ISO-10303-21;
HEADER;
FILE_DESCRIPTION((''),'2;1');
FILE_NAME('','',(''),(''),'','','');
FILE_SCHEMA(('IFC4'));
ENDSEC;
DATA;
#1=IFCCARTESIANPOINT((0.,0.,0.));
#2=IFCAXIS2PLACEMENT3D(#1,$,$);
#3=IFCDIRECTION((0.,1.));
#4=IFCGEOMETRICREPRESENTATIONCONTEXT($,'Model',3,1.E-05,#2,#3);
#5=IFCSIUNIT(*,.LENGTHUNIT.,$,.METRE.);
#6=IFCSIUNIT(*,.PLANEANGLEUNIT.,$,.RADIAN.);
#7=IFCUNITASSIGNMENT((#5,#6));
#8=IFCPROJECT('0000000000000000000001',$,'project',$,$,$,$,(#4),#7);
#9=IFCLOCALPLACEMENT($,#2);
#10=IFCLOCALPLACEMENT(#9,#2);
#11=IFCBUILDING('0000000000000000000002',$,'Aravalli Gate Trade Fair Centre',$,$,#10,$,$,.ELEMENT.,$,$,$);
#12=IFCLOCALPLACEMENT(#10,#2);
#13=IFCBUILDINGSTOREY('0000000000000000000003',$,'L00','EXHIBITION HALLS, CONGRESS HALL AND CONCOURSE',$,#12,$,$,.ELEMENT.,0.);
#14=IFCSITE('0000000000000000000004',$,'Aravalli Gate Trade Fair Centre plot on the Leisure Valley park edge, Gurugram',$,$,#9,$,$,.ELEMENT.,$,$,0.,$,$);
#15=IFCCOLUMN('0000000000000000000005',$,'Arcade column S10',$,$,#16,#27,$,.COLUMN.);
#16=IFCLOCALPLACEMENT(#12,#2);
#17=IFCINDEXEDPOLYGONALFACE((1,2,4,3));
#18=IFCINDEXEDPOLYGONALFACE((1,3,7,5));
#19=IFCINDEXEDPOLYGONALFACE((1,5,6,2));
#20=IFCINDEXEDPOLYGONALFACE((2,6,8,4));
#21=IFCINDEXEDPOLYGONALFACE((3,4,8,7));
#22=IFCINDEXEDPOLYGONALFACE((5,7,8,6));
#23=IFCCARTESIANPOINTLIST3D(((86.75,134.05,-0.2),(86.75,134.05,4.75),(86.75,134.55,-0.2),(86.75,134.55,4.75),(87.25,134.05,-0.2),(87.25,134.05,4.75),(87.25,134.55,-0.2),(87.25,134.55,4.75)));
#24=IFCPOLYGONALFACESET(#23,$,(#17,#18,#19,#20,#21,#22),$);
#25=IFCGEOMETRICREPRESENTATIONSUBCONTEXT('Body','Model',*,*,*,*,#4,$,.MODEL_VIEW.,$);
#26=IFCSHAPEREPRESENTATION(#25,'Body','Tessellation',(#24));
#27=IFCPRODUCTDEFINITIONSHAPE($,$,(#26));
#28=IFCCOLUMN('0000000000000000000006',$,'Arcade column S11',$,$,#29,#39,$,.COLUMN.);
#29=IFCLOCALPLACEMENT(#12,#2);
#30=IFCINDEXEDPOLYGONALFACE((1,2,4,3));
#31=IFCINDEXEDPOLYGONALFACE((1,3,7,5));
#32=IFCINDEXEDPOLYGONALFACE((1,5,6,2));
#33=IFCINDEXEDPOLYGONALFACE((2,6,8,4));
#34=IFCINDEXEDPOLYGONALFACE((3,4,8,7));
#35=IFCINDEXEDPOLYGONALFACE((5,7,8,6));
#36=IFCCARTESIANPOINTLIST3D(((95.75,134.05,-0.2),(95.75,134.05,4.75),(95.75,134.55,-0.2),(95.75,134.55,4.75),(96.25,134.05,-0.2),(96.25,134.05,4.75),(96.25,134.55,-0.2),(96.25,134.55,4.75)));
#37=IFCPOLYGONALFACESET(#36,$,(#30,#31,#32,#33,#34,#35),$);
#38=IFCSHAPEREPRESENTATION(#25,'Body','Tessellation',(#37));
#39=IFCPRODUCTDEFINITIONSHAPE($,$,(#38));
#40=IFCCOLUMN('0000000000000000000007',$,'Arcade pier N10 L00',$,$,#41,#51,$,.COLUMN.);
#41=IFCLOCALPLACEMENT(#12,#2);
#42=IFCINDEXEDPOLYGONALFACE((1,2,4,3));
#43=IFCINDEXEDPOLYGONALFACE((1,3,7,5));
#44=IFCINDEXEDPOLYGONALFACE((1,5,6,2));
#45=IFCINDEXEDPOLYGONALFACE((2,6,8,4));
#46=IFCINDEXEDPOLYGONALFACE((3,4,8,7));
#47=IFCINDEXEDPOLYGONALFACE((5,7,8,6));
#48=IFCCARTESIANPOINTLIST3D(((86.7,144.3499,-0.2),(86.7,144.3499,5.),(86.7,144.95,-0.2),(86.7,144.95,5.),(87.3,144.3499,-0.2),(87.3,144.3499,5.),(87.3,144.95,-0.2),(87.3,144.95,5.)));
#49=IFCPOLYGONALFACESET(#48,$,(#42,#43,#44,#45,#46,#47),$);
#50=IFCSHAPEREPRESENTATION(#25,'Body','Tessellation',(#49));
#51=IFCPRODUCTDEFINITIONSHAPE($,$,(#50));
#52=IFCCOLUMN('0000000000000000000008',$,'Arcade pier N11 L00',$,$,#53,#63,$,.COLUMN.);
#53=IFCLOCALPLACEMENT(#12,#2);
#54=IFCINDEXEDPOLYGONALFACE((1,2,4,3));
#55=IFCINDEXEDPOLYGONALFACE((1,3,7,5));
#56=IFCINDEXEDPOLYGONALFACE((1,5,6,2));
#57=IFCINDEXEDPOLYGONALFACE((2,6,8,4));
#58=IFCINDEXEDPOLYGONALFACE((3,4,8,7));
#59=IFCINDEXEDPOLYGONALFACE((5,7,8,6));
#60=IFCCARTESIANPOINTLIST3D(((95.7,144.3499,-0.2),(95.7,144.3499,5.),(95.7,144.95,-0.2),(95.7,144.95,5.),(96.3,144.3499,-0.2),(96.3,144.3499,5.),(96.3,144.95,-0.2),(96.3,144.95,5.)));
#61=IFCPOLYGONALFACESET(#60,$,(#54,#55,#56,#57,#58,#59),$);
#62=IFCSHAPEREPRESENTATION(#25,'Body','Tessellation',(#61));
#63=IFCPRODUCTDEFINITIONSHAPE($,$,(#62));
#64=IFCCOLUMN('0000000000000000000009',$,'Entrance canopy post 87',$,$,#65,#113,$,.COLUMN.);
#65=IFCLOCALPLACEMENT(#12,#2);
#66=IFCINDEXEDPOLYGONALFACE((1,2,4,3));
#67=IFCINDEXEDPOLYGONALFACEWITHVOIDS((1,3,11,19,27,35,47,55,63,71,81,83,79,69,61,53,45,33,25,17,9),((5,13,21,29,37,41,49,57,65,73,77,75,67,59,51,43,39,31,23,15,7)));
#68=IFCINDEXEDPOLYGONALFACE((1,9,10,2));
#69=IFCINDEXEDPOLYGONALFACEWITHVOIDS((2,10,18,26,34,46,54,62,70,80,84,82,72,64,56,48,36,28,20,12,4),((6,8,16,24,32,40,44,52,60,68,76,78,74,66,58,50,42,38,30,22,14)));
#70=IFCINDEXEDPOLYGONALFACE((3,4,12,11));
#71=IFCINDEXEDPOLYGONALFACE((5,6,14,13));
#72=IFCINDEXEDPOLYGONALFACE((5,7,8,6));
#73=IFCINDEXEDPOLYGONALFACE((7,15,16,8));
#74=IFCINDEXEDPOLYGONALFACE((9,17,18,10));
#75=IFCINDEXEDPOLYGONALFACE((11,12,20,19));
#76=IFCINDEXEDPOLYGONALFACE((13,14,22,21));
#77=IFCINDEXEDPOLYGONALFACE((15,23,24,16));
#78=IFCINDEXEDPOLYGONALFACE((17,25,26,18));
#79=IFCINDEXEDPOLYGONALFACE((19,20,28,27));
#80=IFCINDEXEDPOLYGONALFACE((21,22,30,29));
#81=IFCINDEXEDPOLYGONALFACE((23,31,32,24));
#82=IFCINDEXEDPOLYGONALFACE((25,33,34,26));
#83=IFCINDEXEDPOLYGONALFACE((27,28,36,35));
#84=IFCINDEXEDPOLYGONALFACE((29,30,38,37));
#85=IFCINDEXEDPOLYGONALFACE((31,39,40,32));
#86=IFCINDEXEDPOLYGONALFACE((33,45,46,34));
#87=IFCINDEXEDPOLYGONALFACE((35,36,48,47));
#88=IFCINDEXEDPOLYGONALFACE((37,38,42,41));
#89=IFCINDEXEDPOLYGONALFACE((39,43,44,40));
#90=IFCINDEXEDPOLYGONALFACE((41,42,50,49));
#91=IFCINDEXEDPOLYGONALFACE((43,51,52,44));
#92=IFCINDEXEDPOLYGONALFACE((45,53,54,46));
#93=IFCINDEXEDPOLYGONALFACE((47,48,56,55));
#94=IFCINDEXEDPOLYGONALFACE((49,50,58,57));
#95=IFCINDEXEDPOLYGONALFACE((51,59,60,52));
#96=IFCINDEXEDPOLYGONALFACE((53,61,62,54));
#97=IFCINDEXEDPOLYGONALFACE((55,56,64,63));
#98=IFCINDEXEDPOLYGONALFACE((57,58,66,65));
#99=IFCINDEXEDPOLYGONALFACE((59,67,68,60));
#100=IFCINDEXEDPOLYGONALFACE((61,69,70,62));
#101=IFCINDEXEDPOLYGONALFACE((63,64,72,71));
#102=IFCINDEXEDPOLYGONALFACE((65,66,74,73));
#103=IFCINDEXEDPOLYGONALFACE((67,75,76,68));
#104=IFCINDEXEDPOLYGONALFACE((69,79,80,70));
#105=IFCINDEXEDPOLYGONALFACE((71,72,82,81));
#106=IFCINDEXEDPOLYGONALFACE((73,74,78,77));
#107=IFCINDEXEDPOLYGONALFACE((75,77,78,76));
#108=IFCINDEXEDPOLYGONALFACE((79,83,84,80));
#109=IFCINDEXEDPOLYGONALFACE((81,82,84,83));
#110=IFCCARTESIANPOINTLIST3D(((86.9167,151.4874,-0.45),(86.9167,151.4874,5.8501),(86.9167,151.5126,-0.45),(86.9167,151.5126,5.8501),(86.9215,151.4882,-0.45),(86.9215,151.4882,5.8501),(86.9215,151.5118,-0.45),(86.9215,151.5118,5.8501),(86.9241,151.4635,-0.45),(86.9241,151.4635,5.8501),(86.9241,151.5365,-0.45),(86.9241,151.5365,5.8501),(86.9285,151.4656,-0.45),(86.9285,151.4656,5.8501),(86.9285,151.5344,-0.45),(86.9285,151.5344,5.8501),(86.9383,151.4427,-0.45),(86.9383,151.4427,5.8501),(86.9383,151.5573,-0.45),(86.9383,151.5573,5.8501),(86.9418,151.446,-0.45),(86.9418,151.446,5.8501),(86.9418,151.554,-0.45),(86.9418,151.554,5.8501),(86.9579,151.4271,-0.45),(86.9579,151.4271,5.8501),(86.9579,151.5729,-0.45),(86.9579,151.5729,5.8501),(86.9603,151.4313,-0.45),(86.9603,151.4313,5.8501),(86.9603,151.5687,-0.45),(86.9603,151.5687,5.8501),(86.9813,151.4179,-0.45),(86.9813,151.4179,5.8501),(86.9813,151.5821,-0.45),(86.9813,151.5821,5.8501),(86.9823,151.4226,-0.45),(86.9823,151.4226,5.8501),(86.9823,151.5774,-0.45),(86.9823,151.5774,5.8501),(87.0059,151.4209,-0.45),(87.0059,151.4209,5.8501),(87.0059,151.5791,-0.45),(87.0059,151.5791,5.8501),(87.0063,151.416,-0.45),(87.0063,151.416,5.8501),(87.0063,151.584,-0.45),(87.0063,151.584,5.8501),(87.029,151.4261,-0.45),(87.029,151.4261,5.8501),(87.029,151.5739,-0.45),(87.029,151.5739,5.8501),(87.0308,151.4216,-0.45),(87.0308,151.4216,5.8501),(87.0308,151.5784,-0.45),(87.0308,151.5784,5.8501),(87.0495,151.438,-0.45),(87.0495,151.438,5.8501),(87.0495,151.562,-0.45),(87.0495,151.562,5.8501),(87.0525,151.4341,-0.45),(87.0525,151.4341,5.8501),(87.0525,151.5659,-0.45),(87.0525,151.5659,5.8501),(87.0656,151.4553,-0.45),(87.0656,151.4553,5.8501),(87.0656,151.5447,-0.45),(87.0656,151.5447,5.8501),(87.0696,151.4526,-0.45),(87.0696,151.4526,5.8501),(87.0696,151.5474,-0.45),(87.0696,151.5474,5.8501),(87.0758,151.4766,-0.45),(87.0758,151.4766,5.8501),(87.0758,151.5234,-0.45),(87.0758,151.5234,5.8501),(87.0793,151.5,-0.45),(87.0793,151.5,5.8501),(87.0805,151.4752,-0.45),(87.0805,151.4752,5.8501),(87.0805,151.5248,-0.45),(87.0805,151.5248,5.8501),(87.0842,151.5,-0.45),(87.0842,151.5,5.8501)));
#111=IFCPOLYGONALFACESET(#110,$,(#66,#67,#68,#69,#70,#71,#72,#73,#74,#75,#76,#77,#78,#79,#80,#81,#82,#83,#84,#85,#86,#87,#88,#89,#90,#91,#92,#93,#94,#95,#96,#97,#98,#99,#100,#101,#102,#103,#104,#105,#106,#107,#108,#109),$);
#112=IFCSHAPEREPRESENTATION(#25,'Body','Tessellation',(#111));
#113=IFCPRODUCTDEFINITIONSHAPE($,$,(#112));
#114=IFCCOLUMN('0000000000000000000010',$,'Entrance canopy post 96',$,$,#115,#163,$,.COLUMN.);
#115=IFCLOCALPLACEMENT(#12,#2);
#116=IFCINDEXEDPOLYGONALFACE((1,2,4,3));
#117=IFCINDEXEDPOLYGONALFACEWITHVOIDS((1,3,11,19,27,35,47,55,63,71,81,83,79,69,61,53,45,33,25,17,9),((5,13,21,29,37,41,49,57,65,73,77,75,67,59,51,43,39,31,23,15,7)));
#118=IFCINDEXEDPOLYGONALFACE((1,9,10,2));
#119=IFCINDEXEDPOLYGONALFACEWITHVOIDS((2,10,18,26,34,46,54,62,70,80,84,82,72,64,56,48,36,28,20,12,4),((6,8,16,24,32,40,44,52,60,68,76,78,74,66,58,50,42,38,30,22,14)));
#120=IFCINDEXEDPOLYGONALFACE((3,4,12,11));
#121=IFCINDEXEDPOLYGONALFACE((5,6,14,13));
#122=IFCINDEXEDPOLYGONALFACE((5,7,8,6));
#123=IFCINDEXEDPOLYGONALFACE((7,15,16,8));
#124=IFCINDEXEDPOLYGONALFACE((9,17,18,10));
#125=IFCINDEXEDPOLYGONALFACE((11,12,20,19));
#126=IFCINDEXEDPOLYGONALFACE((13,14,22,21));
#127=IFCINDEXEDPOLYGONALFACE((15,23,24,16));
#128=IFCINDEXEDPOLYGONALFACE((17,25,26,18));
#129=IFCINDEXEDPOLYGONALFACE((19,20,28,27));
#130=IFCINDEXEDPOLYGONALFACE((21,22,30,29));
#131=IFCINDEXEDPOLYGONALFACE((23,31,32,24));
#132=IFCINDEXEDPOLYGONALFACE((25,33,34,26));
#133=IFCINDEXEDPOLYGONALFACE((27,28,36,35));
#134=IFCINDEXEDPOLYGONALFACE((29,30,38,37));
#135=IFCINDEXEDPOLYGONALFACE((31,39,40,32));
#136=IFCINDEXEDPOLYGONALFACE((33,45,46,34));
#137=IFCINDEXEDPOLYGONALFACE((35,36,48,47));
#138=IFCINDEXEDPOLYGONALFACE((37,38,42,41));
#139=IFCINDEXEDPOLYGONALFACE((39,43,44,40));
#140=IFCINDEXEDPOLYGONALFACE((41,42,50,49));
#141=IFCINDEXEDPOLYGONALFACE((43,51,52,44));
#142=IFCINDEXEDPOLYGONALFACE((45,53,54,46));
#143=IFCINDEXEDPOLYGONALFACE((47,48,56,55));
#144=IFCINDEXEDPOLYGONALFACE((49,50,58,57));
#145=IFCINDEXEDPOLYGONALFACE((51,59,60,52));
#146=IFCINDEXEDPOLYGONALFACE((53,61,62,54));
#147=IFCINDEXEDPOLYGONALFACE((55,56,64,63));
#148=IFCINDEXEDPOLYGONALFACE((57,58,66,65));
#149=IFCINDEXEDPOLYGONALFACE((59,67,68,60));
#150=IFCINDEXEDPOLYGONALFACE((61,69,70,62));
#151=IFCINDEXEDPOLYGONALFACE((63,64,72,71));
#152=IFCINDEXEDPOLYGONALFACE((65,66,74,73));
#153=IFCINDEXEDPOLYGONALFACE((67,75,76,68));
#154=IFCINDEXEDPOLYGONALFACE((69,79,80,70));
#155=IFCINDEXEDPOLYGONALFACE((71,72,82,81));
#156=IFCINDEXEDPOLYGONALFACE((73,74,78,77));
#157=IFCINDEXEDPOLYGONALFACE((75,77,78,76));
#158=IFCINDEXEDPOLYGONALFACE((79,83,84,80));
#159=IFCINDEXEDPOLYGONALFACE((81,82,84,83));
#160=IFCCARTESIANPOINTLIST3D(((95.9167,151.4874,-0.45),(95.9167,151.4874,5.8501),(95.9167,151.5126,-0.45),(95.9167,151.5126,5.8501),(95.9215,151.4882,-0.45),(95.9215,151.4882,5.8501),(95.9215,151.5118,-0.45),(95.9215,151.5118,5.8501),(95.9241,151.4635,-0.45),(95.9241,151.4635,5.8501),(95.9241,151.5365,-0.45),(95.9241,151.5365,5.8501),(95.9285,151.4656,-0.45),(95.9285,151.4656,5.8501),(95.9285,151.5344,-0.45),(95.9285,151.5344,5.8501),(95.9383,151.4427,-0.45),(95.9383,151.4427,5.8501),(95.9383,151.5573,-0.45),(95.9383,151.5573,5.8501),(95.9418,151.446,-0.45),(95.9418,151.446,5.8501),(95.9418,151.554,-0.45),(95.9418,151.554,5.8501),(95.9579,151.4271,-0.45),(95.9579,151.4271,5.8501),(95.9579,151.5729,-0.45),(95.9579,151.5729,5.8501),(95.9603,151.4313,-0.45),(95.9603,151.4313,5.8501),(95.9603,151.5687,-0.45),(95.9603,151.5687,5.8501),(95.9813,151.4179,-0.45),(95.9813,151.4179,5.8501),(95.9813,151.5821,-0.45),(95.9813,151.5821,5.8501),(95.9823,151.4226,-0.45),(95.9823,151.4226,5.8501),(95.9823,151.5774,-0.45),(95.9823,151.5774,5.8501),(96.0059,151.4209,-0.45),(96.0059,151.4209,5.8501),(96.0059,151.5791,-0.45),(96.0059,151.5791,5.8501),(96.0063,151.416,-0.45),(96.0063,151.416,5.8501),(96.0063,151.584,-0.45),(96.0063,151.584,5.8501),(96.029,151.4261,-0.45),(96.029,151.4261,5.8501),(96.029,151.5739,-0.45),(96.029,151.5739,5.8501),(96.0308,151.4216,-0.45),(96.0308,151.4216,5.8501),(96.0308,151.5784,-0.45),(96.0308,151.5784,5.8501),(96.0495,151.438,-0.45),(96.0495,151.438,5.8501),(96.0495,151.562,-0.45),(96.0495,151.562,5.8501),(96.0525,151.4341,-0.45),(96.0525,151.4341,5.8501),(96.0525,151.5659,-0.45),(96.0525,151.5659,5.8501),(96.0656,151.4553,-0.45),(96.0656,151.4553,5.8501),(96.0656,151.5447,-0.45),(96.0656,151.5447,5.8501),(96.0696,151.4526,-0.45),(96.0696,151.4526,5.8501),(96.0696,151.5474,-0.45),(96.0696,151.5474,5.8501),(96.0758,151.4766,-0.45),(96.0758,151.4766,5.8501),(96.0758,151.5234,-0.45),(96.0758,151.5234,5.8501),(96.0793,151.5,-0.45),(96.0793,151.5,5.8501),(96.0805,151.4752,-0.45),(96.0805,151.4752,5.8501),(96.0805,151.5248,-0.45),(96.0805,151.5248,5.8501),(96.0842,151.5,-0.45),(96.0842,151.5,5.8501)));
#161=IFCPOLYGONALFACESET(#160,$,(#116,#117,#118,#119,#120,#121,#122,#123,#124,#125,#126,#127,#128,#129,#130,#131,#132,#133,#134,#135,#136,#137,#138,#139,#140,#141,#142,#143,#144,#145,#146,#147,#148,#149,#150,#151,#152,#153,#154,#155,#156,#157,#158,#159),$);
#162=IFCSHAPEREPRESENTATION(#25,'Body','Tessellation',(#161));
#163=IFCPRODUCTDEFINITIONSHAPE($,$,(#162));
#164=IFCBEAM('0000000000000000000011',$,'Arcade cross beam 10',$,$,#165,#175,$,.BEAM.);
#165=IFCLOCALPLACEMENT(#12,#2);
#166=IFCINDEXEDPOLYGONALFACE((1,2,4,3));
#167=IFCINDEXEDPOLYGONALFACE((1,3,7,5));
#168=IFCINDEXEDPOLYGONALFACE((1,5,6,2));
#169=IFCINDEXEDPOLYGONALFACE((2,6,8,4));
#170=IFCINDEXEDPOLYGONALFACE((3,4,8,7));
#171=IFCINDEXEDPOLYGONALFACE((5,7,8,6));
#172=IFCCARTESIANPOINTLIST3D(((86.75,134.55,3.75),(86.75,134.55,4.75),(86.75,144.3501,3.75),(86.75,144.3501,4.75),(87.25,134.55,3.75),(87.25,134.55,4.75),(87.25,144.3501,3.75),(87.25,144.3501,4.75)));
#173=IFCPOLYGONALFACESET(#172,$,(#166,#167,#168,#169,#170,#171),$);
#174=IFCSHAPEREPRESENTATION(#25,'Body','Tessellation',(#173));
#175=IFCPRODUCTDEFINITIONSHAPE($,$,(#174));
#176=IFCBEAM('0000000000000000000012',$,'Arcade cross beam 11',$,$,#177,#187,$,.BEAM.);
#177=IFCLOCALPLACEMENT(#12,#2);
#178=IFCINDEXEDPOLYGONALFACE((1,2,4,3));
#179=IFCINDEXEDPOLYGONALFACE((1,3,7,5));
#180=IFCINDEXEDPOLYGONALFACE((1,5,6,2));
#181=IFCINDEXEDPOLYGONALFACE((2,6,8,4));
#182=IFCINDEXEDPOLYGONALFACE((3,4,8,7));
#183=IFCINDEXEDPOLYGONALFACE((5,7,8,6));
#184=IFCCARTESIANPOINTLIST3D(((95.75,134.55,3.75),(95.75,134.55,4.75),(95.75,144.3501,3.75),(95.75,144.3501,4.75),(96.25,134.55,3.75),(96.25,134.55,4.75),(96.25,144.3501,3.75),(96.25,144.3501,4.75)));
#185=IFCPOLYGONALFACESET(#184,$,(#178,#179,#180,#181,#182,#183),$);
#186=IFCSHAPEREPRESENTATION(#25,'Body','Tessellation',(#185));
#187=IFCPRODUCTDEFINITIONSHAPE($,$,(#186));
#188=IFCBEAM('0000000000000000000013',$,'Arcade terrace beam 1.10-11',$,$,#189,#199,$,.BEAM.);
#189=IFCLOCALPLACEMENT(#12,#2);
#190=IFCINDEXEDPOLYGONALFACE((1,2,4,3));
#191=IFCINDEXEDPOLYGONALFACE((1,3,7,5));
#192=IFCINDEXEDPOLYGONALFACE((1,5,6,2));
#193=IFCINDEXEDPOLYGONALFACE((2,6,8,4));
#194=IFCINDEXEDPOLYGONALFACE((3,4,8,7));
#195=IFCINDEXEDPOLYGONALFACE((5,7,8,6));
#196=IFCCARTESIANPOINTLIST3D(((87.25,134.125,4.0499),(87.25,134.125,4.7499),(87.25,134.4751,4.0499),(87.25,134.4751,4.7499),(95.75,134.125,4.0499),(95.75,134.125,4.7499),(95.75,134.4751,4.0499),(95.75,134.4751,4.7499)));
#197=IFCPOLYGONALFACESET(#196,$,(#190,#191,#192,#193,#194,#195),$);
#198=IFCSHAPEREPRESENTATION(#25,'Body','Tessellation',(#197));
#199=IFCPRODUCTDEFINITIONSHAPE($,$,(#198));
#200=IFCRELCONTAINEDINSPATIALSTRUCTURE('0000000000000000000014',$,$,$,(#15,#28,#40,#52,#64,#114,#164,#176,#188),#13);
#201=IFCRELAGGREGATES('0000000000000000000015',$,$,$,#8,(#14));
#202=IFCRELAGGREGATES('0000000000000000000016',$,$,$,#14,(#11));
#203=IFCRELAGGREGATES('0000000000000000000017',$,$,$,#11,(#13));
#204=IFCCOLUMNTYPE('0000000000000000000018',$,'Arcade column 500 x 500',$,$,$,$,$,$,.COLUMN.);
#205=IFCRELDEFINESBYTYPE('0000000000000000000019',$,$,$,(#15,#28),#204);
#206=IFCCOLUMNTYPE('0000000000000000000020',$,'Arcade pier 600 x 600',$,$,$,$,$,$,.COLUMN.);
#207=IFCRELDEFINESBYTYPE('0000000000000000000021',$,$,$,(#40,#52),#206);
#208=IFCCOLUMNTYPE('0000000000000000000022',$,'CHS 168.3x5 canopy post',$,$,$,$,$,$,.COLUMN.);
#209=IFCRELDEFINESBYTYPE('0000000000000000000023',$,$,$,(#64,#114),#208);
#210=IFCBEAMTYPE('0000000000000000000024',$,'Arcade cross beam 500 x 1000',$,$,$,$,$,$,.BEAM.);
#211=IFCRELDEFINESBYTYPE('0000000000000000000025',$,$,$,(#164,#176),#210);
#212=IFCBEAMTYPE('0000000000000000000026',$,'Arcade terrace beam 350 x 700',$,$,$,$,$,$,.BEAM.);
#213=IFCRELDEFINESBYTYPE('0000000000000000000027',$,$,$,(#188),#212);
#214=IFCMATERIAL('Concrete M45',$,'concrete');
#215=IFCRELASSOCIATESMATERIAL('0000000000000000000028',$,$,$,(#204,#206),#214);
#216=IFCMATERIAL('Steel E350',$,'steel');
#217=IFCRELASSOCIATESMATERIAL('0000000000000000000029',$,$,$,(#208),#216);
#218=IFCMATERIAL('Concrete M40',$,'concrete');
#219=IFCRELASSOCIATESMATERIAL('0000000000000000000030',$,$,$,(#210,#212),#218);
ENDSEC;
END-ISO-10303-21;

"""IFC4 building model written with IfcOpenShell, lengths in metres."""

from ifc_helpers import new_model, si_unit, direction, frame, origin, origin_2d, place, context, subcontext, project, spatial, rectangle, hollow_circle, extrude, material, material_profile, profile_set, type_object, element, save


model = new_model("IFC4")

# Units and contexts
model_context = context("Model", 3, precision=1e-05, world=origin(), true_north=direction((0.0, 1.0)))
body_context = subcontext(model_context, "Body", "Model", "MODEL_VIEW")
ifc_project = project(units=[si_unit("LENGTHUNIT", "METRE"), si_unit("PLANEANGLEUNIT", "RADIAN")], contexts=[model_context])

# Site, building, storey
site_placement = place(None, origin())
site = spatial("IfcSite", under=ifc_project, at=site_placement, Name="Aravalli Gate Trade Fair Centre plot on the Leisure Valley park edge, Gurugram", CompositionType="ELEMENT", RefElevation=0.0)
building_placement = place(site_placement, origin())
building = spatial("IfcBuilding", under=site, at=building_placement, Name="Aravalli Gate Trade Fair Centre", CompositionType="ELEMENT")
storey_placement = place(building_placement, origin())
storey = spatial("IfcBuildingStorey", under=building, at=storey_placement, Name="L00", Description="EXHIBITION HALLS, CONGRESS HALL AND CONCOURSE", CompositionType="ELEMENT", Elevation=0.0)

# Columns
ifc_material_1 = material(Name="Concrete M45", Category="concrete")
ifc_material_profile_1 = material_profile(ifc_material_1, rectangle(XDim=0.5, YDim=0.5, at=origin_2d()), Name="Arcade column 500 x 500")
ifc_profile_set_1 = profile_set([ifc_material_profile_1], Name="Concrete M45")
column_type_1 = type_object("IfcColumnType", Name="Arcade column 500 x 500", PredefinedType="COLUMN", material=ifc_profile_set_1)
for number, where, z_axis, x_axis, name in (
    (1, (87.0, 134.3, -0.2), (0.0, 0.0, 1.0), (1.0, 0.0, 0.0), "Arcade column S10"),
    (2, (96.0, 134.3, -0.2), (0.0, 0.0, 1.0), (1.0, 0.0, 0.0), "Arcade column S11"),
):
    element("IfcColumn", number, at=place(storey_placement, frame(where, z_axis=z_axis, x_axis=x_axis)), inside=storey, type_object=column_type_1, Name=name, PredefinedType="COLUMN", context=body_context, shape_type="SweptSolid", body=[
        extrude(rectangle(XDim=0.5, YDim=0.5, at=origin_2d()), origin(), (0.0, 0.0, 1.0), 4.95),
    ])
ifc_material_profile_2 = material_profile(ifc_material_1, rectangle(XDim=0.6001, YDim=0.6001, at=origin_2d()), Name="Arcade pier 600 x 600")
ifc_profile_set_2 = profile_set([ifc_material_profile_2], Name="Concrete M45")
column_type_2 = type_object("IfcColumnType", Name="Arcade pier 600 x 600", PredefinedType="COLUMN", material=ifc_profile_set_2)
for number, where, z_axis, x_axis, name in (
    (3, (87.0, 144.6499, -0.2), (0.0, 0.0, 1.0), (1.0, 0.0, 0.0), "Arcade pier N10 L00"),
    (4, (96.0, 144.6499, -0.2), (0.0, 0.0, 1.0), (1.0, 0.0, 0.0), "Arcade pier N11 L00"),
):
    element("IfcColumn", number, at=place(storey_placement, frame(where, z_axis=z_axis, x_axis=x_axis)), inside=storey, type_object=column_type_2, Name=name, PredefinedType="COLUMN", context=body_context, shape_type="SweptSolid", body=[
        extrude(rectangle(XDim=0.6001, YDim=0.6001, at=origin_2d()), origin(), (0.0, 0.0, 1.0), 5.2),
    ])
ifc_material_2 = material(Name="Steel E350", Category="steel")
ifc_material_profile_3 = material_profile(ifc_material_2, hollow_circle(Radius=0.0842, WallThickness=0.0049, at=origin_2d()), Name="CHS 168.3x5")
ifc_profile_set_3 = profile_set([ifc_material_profile_3], Name="Steel E350")
column_type_3 = type_object("IfcColumnType", Name="CHS 168.3x5 canopy post", PredefinedType="COLUMN", material=ifc_profile_set_3)
for number, where, z_axis, x_axis, name in (
    (5, (87.0, 151.5, -0.45), (0.0, 0.0, 1.0), (1.0, 0.0, 0.0), "Entrance canopy post 87"),
    (6, (96.0, 151.5, -0.45), (0.0, 0.0, 1.0), (1.0, 0.0, 0.0), "Entrance canopy post 96"),
):
    element("IfcColumn", number, at=place(storey_placement, frame(where, z_axis=z_axis, x_axis=x_axis)), inside=storey, type_object=column_type_3, Name=name, PredefinedType="COLUMN", context=body_context, shape_type="SweptSolid", body=[
        extrude(hollow_circle(Radius=0.0842, WallThickness=0.0049, at=origin_2d()), origin(), (0.0, 0.0, 1.0), 6.3),
    ])

# Beams
ifc_material_3 = material(Name="Concrete M40", Category="concrete")
ifc_material_profile_4 = material_profile(ifc_material_3, rectangle(XDim=0.5, YDim=1.0, at=origin_2d()), Name="Arcade cross beam 500 x 1000")
ifc_profile_set_4 = profile_set([ifc_material_profile_4], Name="Concrete M40")
beam_type_1 = type_object("IfcBeamType", Name="Arcade cross beam 500 x 1000", PredefinedType="BEAM", material=ifc_profile_set_4)
for number, where, z_axis, x_axis, name in (
    (7, (87.0, 134.55, 4.25), (0.0, 1.0, 0.0), (-1.0, 0.0, 0.0), "Arcade cross beam 10"),
    (8, (96.0, 134.55, 4.25), (0.0, 1.0, 0.0), (-1.0, 0.0, 0.0), "Arcade cross beam 11"),
):
    element("IfcBeam", number, at=place(storey_placement, frame(where, z_axis=z_axis, x_axis=x_axis)), inside=storey, type_object=beam_type_1, Name=name, PredefinedType="BEAM", context=body_context, shape_type="SweptSolid", body=[
        extrude(rectangle(XDim=0.5, YDim=1.0, at=origin_2d()), origin(), (0.0, 0.0, 1.0), 9.8),
    ])
ifc_material_profile_5 = material_profile(ifc_material_3, rectangle(XDim=0.3501, YDim=0.7, at=origin_2d()), Name="Arcade terrace beam 350 x 700")
ifc_profile_set_5 = profile_set([ifc_material_profile_5], Name="Concrete M40")
beam_type_2 = type_object("IfcBeamType", Name="Arcade terrace beam 350 x 700", PredefinedType="BEAM", material=ifc_profile_set_5)
for number, where, z_axis, x_axis, name in (
    (9, (87.25, 134.3, 4.3999), (1.0, 0.0, 0.0), (0.0, 1.0, 0.0), "Arcade terrace beam 1.10-11"),
):
    element("IfcBeam", number, at=place(storey_placement, frame(where, z_axis=z_axis, x_axis=x_axis)), inside=storey, type_object=beam_type_2, Name=name, PredefinedType="BEAM", context=body_context, shape_type="SweptSolid", body=[
        extrude(rectangle(XDim=0.3501, YDim=0.7, at=origin_2d()), origin(), (0.0, 0.0, 1.0), 8.5),
    ])

save(model, "model.ifc")
